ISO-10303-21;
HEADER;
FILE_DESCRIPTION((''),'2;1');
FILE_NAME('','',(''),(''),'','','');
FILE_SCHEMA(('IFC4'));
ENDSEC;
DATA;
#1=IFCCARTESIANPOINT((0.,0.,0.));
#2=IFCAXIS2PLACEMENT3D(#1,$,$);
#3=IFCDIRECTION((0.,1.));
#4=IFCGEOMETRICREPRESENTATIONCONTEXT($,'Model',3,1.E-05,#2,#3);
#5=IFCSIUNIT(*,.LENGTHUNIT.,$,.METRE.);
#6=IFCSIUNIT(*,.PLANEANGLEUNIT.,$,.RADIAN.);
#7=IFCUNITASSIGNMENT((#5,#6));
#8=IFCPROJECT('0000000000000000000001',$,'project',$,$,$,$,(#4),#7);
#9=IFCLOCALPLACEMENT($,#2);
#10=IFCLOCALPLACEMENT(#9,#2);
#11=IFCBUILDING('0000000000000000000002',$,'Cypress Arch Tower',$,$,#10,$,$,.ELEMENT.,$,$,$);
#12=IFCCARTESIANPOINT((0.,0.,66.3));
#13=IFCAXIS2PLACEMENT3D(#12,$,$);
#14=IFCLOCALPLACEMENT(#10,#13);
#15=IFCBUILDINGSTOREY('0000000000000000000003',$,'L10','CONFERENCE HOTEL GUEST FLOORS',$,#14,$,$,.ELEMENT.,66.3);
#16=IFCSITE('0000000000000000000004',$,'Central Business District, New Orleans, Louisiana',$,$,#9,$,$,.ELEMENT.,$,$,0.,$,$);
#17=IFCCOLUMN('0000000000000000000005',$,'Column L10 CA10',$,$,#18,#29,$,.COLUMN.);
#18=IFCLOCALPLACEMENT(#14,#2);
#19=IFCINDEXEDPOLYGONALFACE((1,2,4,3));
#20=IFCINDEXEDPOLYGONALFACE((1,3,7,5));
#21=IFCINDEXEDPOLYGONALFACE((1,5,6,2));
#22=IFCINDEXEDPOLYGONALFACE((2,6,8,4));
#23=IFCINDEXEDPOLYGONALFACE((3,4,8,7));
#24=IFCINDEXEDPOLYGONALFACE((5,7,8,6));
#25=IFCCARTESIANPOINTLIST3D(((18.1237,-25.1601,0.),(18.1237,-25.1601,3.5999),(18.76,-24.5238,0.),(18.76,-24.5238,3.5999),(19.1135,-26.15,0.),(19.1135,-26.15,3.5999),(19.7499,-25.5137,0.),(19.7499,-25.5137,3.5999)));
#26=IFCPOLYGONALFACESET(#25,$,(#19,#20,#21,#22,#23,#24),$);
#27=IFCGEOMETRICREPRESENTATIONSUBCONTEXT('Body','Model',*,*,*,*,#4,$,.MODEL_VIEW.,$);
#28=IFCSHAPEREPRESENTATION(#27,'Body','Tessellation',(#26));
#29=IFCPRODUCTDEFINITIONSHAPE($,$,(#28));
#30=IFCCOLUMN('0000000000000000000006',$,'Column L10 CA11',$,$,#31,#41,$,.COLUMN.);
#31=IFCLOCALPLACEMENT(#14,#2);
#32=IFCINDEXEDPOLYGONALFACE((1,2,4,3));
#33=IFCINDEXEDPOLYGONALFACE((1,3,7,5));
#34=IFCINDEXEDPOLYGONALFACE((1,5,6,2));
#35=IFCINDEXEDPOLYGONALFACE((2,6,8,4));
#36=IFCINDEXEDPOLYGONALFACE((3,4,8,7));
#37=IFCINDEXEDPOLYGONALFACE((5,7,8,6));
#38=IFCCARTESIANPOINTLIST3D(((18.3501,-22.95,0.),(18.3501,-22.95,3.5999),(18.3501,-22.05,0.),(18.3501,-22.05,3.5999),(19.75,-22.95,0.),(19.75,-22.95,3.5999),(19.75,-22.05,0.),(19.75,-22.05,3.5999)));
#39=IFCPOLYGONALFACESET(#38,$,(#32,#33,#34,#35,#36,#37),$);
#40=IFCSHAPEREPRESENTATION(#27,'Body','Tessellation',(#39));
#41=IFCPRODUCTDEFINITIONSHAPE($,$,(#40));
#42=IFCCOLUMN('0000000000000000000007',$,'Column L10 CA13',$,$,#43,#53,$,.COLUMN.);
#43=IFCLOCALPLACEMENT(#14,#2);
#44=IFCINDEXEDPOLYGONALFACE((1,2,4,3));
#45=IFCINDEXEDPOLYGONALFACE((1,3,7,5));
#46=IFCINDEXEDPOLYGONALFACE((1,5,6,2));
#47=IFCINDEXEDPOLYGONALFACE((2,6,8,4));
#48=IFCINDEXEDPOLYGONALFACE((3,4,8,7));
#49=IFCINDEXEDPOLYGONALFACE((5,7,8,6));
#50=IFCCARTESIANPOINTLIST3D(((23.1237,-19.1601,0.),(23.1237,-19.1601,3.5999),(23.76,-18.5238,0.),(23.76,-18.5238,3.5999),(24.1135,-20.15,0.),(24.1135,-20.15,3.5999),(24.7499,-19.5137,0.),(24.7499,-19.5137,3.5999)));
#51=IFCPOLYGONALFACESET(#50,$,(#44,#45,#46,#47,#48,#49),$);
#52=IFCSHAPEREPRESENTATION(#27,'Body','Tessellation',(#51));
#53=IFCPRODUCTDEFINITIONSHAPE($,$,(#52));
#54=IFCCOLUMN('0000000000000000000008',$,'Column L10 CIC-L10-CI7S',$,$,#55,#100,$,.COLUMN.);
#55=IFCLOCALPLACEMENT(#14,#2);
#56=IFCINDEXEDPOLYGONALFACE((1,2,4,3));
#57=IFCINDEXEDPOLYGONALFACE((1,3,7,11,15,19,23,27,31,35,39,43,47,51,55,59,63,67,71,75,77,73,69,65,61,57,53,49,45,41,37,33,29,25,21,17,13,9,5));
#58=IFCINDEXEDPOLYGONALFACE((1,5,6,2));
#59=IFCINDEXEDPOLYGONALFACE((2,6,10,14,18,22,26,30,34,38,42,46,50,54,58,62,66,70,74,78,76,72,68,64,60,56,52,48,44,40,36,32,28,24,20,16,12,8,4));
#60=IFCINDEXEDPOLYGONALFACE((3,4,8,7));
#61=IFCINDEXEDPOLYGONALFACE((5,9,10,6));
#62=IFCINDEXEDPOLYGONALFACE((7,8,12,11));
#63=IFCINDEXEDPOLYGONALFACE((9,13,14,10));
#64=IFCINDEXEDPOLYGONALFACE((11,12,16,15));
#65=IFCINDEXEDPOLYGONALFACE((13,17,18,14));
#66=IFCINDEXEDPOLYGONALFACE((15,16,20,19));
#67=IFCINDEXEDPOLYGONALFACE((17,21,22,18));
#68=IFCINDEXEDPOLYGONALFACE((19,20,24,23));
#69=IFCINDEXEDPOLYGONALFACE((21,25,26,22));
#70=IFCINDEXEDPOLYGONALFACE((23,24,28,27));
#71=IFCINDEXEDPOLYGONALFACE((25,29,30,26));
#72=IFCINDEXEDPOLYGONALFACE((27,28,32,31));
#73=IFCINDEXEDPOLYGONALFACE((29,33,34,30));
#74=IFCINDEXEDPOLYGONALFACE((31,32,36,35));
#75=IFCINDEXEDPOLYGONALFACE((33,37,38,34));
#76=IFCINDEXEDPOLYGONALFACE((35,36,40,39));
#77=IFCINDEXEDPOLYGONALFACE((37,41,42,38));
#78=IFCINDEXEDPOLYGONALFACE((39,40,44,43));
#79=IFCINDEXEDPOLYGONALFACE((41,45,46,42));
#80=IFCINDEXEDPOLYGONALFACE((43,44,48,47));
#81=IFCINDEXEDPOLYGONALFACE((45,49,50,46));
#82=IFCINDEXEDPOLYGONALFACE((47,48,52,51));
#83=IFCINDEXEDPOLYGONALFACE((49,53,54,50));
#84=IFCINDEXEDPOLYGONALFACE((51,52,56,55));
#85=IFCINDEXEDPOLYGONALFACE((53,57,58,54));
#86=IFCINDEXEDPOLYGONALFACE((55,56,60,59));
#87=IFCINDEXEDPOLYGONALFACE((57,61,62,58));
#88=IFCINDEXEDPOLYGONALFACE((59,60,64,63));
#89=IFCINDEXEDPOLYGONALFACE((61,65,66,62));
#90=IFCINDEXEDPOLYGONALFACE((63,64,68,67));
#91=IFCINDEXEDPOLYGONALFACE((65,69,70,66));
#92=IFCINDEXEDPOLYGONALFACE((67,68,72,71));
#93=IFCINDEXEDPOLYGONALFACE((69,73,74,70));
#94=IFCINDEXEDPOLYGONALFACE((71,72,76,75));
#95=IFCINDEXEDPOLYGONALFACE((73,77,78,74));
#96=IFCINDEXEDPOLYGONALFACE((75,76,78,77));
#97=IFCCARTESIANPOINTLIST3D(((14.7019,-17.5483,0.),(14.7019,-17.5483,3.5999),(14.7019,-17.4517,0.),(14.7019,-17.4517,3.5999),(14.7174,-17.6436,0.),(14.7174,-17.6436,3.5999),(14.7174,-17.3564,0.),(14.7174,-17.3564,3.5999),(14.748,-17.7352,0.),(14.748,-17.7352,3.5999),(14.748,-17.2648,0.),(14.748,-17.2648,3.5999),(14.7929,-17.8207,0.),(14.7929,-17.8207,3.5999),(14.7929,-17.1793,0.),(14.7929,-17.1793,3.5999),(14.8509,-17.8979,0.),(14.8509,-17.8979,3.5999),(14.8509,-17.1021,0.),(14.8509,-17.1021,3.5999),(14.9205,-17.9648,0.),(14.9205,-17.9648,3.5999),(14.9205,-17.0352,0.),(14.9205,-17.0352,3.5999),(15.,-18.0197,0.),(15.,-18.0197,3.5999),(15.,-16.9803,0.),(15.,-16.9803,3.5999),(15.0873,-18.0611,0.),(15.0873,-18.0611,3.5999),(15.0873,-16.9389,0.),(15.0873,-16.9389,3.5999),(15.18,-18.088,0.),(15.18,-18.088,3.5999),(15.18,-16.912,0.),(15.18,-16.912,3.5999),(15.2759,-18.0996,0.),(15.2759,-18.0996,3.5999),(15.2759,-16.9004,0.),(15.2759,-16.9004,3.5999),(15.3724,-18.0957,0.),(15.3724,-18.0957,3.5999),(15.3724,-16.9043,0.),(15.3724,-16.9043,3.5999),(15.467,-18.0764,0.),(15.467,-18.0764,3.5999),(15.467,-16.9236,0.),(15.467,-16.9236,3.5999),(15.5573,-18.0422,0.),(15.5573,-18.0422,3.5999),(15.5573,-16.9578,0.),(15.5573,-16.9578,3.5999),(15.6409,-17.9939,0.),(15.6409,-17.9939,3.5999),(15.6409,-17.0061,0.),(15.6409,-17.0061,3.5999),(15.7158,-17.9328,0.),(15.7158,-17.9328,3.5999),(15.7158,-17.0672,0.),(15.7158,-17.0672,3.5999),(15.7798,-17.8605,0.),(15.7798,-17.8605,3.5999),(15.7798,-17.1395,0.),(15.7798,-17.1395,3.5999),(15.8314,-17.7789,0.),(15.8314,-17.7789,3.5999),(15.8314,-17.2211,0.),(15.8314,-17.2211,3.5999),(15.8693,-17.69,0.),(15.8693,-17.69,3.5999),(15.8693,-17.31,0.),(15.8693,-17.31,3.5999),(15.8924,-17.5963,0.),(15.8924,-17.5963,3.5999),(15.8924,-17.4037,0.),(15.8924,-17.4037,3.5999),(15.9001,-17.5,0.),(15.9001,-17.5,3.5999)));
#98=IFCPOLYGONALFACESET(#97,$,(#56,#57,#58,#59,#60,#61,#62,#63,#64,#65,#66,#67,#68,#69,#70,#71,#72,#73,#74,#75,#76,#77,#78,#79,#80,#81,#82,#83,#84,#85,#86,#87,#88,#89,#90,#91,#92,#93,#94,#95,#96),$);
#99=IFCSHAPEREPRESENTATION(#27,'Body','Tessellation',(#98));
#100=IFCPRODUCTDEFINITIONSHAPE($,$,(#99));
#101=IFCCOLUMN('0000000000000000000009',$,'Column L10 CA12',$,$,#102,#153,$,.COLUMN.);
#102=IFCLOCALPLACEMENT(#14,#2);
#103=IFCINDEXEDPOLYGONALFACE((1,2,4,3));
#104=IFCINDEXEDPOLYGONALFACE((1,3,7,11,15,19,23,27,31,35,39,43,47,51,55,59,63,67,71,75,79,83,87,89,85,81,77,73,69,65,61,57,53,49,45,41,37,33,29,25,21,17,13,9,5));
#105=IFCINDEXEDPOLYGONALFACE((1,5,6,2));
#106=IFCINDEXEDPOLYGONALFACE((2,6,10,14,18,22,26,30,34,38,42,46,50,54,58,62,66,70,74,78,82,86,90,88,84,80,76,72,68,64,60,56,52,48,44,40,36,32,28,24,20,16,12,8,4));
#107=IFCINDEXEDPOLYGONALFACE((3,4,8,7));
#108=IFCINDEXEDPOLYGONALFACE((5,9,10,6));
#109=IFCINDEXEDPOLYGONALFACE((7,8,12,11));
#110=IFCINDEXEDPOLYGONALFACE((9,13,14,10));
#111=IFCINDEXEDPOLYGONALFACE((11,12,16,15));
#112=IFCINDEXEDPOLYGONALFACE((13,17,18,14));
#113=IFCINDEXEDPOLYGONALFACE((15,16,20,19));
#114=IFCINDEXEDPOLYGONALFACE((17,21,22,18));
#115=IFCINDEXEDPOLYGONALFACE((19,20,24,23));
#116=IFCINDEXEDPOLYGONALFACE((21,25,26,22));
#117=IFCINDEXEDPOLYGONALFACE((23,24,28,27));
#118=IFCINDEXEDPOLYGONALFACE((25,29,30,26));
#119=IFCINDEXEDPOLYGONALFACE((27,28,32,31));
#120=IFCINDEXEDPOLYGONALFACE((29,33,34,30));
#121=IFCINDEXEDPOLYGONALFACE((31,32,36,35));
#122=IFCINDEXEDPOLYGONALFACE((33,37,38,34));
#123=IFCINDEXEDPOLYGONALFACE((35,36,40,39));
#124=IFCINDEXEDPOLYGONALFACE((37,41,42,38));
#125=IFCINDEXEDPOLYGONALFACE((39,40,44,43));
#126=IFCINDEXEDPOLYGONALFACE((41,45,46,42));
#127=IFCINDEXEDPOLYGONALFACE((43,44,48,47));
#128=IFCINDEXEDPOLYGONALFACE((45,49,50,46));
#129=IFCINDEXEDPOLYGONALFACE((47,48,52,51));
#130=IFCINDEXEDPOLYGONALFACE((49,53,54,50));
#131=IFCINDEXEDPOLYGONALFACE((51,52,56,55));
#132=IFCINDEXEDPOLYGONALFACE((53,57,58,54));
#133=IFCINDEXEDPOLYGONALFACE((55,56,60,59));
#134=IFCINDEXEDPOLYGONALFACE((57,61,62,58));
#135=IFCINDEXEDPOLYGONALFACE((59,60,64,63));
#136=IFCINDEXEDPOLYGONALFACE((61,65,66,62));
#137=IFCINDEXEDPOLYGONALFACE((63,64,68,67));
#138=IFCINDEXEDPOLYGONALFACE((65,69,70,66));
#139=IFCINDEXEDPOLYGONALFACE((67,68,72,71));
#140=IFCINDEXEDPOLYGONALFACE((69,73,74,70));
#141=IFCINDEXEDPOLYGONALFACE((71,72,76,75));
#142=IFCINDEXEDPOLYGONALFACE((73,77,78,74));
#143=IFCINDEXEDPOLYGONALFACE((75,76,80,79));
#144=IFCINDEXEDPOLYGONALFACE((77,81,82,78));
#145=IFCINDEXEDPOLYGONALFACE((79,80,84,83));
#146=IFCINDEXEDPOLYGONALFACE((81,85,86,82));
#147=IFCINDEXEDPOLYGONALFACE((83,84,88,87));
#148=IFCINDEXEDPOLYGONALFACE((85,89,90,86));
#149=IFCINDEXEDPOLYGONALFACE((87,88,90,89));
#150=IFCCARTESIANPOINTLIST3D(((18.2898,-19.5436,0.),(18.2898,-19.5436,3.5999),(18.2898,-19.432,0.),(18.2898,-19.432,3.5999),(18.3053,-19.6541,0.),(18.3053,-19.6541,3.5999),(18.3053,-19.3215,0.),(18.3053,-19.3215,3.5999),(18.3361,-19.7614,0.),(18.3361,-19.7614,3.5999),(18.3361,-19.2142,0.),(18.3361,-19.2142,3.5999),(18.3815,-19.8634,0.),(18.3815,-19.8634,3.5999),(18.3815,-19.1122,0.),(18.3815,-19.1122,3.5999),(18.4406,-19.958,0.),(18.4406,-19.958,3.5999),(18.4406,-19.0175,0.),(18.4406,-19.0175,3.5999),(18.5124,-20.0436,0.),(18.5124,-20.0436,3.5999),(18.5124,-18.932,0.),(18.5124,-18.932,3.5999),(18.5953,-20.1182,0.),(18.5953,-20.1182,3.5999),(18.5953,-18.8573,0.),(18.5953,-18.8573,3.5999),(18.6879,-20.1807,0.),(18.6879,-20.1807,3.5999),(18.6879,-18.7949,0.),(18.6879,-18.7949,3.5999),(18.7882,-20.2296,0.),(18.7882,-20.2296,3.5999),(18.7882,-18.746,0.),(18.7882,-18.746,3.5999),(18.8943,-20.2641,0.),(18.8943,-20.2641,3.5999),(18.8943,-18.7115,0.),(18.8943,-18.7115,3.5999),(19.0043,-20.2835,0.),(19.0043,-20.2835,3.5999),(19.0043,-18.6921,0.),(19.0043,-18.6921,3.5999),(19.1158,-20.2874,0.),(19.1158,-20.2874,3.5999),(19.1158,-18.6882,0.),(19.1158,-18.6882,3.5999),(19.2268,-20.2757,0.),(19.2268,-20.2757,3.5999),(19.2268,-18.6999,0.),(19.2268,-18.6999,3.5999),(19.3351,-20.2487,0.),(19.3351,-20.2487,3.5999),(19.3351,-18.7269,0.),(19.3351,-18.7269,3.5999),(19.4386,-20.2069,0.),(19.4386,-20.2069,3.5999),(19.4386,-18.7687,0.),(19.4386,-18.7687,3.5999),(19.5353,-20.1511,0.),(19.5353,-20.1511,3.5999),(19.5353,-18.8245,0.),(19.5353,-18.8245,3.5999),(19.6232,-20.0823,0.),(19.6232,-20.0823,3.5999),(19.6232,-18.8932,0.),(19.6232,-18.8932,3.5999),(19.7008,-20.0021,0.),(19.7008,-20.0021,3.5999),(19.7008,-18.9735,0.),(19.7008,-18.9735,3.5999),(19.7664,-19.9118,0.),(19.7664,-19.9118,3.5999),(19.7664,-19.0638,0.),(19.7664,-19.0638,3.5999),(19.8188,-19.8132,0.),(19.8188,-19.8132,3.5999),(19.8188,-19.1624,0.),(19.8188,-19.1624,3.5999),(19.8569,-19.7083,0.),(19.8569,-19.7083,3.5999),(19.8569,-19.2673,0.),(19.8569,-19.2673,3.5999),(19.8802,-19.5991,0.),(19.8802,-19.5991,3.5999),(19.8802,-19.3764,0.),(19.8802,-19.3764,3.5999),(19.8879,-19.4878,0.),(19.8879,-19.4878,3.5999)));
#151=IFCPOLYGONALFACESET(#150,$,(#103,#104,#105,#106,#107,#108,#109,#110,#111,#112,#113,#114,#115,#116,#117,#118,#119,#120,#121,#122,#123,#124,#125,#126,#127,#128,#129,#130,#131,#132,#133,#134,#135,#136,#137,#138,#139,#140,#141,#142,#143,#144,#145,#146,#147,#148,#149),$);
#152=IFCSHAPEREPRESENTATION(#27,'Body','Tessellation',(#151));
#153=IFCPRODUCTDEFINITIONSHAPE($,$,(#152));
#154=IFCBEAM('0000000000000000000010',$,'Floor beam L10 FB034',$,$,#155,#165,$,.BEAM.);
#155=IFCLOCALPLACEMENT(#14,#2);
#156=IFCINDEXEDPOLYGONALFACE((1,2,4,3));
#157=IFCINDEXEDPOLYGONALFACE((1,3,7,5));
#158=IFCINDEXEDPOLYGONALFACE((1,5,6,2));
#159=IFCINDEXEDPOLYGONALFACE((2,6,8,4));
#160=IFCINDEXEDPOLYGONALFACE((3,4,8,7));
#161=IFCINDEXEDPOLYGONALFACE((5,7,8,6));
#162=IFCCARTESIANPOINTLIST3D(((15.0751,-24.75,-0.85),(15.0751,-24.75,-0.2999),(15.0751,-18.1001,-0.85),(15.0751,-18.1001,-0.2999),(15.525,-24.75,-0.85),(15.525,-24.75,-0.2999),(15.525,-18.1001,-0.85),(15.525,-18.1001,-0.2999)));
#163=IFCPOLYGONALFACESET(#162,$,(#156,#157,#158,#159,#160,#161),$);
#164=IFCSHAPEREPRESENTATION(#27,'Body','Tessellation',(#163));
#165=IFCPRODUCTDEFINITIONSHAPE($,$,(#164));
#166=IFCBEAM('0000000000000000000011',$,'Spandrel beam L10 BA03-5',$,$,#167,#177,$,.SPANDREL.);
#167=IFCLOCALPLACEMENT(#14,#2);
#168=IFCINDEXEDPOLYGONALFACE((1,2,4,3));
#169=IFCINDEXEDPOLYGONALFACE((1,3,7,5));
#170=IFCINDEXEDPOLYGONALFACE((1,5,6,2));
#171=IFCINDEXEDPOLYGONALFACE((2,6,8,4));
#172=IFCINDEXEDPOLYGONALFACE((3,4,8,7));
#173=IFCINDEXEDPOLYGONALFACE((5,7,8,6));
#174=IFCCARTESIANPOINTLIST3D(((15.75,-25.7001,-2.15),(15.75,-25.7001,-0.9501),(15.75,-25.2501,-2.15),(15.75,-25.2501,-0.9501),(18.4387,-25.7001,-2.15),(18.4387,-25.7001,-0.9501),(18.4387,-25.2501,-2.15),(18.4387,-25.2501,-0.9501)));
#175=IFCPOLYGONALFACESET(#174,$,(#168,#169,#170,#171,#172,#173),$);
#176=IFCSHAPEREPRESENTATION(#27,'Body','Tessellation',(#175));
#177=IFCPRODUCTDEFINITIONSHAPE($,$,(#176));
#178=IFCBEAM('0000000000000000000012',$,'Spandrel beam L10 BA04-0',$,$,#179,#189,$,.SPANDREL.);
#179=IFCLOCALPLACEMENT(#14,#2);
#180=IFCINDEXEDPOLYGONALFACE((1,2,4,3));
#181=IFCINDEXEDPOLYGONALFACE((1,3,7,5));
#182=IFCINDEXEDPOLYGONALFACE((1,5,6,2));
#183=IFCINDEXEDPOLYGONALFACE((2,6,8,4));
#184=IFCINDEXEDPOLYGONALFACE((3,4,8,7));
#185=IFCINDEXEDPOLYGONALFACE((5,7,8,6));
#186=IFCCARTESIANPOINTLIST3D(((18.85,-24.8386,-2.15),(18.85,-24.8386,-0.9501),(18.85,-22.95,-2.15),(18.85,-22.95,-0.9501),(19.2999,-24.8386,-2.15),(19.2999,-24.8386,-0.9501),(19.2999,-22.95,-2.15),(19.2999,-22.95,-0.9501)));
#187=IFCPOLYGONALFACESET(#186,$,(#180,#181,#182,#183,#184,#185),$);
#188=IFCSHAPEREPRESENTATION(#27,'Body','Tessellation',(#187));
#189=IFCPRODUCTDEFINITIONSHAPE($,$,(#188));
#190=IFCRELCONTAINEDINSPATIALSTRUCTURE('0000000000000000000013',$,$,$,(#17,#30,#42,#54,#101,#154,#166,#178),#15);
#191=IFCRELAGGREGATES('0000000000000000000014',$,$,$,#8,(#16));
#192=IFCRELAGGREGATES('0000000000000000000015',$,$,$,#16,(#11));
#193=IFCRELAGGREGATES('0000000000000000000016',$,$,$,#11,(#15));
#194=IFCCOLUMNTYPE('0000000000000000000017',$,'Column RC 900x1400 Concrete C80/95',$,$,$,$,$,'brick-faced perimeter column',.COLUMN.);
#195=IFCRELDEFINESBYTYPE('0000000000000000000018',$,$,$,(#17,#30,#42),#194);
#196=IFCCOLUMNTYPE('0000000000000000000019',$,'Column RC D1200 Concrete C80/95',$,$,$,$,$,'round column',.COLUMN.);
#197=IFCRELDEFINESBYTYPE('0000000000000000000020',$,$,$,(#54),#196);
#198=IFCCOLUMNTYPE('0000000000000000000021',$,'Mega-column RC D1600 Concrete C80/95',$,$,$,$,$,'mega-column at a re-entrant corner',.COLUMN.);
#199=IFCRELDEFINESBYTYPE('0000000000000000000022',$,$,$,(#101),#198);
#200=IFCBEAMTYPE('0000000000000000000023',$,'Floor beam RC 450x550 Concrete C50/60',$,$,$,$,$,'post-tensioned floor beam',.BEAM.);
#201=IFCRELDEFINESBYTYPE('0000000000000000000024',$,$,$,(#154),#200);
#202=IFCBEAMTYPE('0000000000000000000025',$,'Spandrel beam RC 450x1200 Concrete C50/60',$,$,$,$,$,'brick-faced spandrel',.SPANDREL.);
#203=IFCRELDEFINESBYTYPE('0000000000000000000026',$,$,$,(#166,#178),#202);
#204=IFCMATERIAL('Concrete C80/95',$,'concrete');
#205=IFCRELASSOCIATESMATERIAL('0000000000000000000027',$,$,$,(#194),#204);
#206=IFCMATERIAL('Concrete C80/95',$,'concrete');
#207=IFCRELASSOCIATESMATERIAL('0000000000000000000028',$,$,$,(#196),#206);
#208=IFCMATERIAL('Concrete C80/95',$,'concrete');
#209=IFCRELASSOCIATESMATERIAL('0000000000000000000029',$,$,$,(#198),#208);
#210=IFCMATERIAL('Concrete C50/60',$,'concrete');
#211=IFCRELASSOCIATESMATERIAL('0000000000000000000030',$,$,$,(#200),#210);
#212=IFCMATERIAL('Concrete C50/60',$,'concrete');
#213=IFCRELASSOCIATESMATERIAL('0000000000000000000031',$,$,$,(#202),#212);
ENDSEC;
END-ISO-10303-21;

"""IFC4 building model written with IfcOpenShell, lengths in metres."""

from ifc_helpers import new_model, si_unit, direction, frame, origin, origin_2d, place, context, subcontext, project, spatial, rectangle, circle, extrude, material, material_profile, profile_set, type_object, element, save


model = new_model("IFC4")

# Units and contexts
model_context = context("Model", 3, precision=1e-05, world=origin(), true_north=direction((0.0, 1.0)))
body_context = subcontext(model_context, "Body", "Model", "MODEL_VIEW")
ifc_project = project(units=[si_unit("LENGTHUNIT", "METRE"), si_unit("PLANEANGLEUNIT", "RADIAN")], contexts=[model_context])

# Site, building, storey
site_placement = place(None, origin())
site = spatial("IfcSite", under=ifc_project, at=site_placement, Name="Central Business District, New Orleans, Louisiana", CompositionType="ELEMENT", RefElevation=0.0)
building_placement = place(site_placement, origin())
building = spatial("IfcBuilding", under=site, at=building_placement, Name="Cypress Arch Tower", CompositionType="ELEMENT")
storey_placement = place(building_placement, frame((0.0, 0.0, 66.3)))
storey = spatial("IfcBuildingStorey", under=building, at=storey_placement, Name="L10", Description="CONFERENCE HOTEL GUEST FLOORS", CompositionType="ELEMENT", Elevation=66.3)

# Columns
ifc_material_1 = material(Name="Concrete C80/95", Category="concrete")
ifc_material_profile_1 = material_profile(ifc_material_1, rectangle(XDim=0.8999, YDim=1.3999, at=origin_2d()), Name="RC 900x1400")
ifc_profile_set_1 = profile_set([ifc_material_profile_1], Name="Concrete C80/95")
column_type_1 = type_object("IfcColumnType", Name="Column RC 900x1400 Concrete C80/95", ElementType="brick-faced perimeter column", PredefinedType="COLUMN", material=ifc_profile_set_1)
for number, where, z_axis, x_axis, name in (
    (1, (18.9368, -25.3369, 0.0), (0.0, 0.0, 1.0), (0.707107, 0.707107, 0.0), "Column L10 CA10"),
    (2, (19.05, -22.5, 0.0), (0.0, 0.0, 1.0), (0.0, 1.0, 0.0), "Column L10 CA11"),
    (3, (23.9368, -19.3369, 0.0), (0.0, 0.0, 1.0), (0.707107, 0.707107, 0.0), "Column L10 CA13"),
):
    element("IfcColumn", number, at=place(storey_placement, frame(where, z_axis=z_axis, x_axis=x_axis)), inside=storey, type_object=column_type_1, Name=name, PredefinedType="COLUMN", context=body_context, shape_type="SweptSolid", body=[
        extrude(rectangle(XDim=0.8999, YDim=1.3999, at=origin_2d()), origin(), (0.0, 0.0, 1.0), 3.5999),
    ])
ifc_material_2 = material(Name="Concrete C80/95", Category="concrete")
ifc_material_profile_2 = material_profile(ifc_material_2, circle(Radius=0.6001, at=origin_2d()), Name="RC D1200")
ifc_profile_set_2 = profile_set([ifc_material_profile_2], Name="Concrete C80/95")
column_type_2 = type_object("IfcColumnType", Name="Column RC D1200 Concrete C80/95", ElementType="round column", PredefinedType="COLUMN", material=ifc_profile_set_2)
column_1_placement = place(storey_placement, frame((15.3, -17.5, 0.0), z_axis=(0.0, 0.0, 1.0), x_axis=(1.0, 0.0, 0.0)))
element("IfcColumn", 4, at=column_1_placement, inside=storey, type_object=column_type_2, Name="Column L10 CIC-L10-CI7S", PredefinedType="COLUMN", context=body_context, shape_type="SweptSolid", body=[
    extrude(circle(Radius=0.6001, at=origin_2d()), origin(), (0.0, 0.0, 1.0), 3.5999),
])
ifc_material_3 = material(Name="Concrete C80/95", Category="concrete")
ifc_material_profile_3 = material_profile(ifc_material_3, circle(Radius=0.8, at=origin_2d()), Name="RC D1600")
ifc_profile_set_3 = profile_set([ifc_material_profile_3], Name="Concrete C80/95")
column_type_3 = type_object("IfcColumnType", Name="Mega-column RC D1600 Concrete C80/95", ElementType="mega-column at a re-entrant corner", PredefinedType="COLUMN", material=ifc_profile_set_3)
column_2_placement = place(storey_placement, frame((19.0879, -19.4878, 0.0), z_axis=(0.0, 0.0, 1.0), x_axis=(1.0, 0.0, 0.0)))
element("IfcColumn", 5, at=column_2_placement, inside=storey, type_object=column_type_3, Name="Column L10 CA12", PredefinedType="COLUMN", context=body_context, shape_type="SweptSolid", body=[
    extrude(circle(Radius=0.8, at=origin_2d()), origin(), (0.0, 0.0, 1.0), 3.5999),
])

# Beams
ifc_material_4 = material(Name="Concrete C50/60", Category="concrete")
ifc_material_profile_4 = material_profile(ifc_material_4, rectangle(XDim=0.45, YDim=0.55, at=origin_2d()), Name="RC 450x550")
ifc_profile_set_4 = profile_set([ifc_material_profile_4], Name="Concrete C50/60")
beam_type_1 = type_object("IfcBeamType", Name="Floor beam RC 450x550 Concrete C50/60", ElementType="post-tensioned floor beam", PredefinedType="BEAM", material=ifc_profile_set_4)
beam_1_placement = place(storey_placement, frame((15.3, -24.75, -0.575), z_axis=(0.0, 1.0, 0.0), x_axis=(-1.0, 0.0, 0.0)))
element("IfcBeam", 6, at=beam_1_placement, inside=storey, type_object=beam_type_1, Name="Floor beam L10 FB034", PredefinedType="BEAM", context=body_context, shape_type="SweptSolid", body=[
    extrude(rectangle(XDim=0.45, YDim=0.55, at=origin_2d()), origin(), (0.0, 0.0, 1.0), 6.6499),
])
ifc_material_5 = material(Name="Concrete C50/60", Category="concrete")
ifc_material_profile_5 = material_profile(ifc_material_5, rectangle(XDim=0.45, YDim=1.2, at=origin_2d()), Name="RC 450x1200")
ifc_profile_set_5 = profile_set([ifc_material_profile_5], Name="Concrete C50/60")
beam_type_2 = type_object("IfcBeamType", Name="Spandrel beam RC 450x1200 Concrete C50/60", ElementType="brick-faced spandrel", PredefinedType="SPANDREL", material=ifc_profile_set_5)
beam_2_placement = place(storey_placement, frame((15.75, -25.4751, -1.55), z_axis=(1.0, 0.0, 0.0), x_axis=(0.0, 1.0, 0.0)))
element("IfcBeam", 7, at=beam_2_placement, inside=storey, type_object=beam_type_2, Name="Spandrel beam L10 BA03-5", PredefinedType="SPANDREL", context=body_context, shape_type="SweptSolid", body=[
    extrude(rectangle(XDim=0.45, YDim=1.2, at=origin_2d()), origin(), (0.0, 0.0, 1.0), 2.6887),
])
beam_3_placement = place(storey_placement, frame((19.075, -24.8386, -1.55), z_axis=(0.0, 1.0, 0.0), x_axis=(-1.0, 0.0, 0.0)))
element("IfcBeam", 8, at=beam_3_placement, inside=storey, type_object=beam_type_2, Name="Spandrel beam L10 BA04-0", PredefinedType="SPANDREL", context=body_context, shape_type="SweptSolid", body=[
    extrude(rectangle(XDim=0.45, YDim=1.2, at=origin_2d()), origin(), (0.0, 0.0, 1.0), 1.8887),
])

save(model, "model.ifc")
